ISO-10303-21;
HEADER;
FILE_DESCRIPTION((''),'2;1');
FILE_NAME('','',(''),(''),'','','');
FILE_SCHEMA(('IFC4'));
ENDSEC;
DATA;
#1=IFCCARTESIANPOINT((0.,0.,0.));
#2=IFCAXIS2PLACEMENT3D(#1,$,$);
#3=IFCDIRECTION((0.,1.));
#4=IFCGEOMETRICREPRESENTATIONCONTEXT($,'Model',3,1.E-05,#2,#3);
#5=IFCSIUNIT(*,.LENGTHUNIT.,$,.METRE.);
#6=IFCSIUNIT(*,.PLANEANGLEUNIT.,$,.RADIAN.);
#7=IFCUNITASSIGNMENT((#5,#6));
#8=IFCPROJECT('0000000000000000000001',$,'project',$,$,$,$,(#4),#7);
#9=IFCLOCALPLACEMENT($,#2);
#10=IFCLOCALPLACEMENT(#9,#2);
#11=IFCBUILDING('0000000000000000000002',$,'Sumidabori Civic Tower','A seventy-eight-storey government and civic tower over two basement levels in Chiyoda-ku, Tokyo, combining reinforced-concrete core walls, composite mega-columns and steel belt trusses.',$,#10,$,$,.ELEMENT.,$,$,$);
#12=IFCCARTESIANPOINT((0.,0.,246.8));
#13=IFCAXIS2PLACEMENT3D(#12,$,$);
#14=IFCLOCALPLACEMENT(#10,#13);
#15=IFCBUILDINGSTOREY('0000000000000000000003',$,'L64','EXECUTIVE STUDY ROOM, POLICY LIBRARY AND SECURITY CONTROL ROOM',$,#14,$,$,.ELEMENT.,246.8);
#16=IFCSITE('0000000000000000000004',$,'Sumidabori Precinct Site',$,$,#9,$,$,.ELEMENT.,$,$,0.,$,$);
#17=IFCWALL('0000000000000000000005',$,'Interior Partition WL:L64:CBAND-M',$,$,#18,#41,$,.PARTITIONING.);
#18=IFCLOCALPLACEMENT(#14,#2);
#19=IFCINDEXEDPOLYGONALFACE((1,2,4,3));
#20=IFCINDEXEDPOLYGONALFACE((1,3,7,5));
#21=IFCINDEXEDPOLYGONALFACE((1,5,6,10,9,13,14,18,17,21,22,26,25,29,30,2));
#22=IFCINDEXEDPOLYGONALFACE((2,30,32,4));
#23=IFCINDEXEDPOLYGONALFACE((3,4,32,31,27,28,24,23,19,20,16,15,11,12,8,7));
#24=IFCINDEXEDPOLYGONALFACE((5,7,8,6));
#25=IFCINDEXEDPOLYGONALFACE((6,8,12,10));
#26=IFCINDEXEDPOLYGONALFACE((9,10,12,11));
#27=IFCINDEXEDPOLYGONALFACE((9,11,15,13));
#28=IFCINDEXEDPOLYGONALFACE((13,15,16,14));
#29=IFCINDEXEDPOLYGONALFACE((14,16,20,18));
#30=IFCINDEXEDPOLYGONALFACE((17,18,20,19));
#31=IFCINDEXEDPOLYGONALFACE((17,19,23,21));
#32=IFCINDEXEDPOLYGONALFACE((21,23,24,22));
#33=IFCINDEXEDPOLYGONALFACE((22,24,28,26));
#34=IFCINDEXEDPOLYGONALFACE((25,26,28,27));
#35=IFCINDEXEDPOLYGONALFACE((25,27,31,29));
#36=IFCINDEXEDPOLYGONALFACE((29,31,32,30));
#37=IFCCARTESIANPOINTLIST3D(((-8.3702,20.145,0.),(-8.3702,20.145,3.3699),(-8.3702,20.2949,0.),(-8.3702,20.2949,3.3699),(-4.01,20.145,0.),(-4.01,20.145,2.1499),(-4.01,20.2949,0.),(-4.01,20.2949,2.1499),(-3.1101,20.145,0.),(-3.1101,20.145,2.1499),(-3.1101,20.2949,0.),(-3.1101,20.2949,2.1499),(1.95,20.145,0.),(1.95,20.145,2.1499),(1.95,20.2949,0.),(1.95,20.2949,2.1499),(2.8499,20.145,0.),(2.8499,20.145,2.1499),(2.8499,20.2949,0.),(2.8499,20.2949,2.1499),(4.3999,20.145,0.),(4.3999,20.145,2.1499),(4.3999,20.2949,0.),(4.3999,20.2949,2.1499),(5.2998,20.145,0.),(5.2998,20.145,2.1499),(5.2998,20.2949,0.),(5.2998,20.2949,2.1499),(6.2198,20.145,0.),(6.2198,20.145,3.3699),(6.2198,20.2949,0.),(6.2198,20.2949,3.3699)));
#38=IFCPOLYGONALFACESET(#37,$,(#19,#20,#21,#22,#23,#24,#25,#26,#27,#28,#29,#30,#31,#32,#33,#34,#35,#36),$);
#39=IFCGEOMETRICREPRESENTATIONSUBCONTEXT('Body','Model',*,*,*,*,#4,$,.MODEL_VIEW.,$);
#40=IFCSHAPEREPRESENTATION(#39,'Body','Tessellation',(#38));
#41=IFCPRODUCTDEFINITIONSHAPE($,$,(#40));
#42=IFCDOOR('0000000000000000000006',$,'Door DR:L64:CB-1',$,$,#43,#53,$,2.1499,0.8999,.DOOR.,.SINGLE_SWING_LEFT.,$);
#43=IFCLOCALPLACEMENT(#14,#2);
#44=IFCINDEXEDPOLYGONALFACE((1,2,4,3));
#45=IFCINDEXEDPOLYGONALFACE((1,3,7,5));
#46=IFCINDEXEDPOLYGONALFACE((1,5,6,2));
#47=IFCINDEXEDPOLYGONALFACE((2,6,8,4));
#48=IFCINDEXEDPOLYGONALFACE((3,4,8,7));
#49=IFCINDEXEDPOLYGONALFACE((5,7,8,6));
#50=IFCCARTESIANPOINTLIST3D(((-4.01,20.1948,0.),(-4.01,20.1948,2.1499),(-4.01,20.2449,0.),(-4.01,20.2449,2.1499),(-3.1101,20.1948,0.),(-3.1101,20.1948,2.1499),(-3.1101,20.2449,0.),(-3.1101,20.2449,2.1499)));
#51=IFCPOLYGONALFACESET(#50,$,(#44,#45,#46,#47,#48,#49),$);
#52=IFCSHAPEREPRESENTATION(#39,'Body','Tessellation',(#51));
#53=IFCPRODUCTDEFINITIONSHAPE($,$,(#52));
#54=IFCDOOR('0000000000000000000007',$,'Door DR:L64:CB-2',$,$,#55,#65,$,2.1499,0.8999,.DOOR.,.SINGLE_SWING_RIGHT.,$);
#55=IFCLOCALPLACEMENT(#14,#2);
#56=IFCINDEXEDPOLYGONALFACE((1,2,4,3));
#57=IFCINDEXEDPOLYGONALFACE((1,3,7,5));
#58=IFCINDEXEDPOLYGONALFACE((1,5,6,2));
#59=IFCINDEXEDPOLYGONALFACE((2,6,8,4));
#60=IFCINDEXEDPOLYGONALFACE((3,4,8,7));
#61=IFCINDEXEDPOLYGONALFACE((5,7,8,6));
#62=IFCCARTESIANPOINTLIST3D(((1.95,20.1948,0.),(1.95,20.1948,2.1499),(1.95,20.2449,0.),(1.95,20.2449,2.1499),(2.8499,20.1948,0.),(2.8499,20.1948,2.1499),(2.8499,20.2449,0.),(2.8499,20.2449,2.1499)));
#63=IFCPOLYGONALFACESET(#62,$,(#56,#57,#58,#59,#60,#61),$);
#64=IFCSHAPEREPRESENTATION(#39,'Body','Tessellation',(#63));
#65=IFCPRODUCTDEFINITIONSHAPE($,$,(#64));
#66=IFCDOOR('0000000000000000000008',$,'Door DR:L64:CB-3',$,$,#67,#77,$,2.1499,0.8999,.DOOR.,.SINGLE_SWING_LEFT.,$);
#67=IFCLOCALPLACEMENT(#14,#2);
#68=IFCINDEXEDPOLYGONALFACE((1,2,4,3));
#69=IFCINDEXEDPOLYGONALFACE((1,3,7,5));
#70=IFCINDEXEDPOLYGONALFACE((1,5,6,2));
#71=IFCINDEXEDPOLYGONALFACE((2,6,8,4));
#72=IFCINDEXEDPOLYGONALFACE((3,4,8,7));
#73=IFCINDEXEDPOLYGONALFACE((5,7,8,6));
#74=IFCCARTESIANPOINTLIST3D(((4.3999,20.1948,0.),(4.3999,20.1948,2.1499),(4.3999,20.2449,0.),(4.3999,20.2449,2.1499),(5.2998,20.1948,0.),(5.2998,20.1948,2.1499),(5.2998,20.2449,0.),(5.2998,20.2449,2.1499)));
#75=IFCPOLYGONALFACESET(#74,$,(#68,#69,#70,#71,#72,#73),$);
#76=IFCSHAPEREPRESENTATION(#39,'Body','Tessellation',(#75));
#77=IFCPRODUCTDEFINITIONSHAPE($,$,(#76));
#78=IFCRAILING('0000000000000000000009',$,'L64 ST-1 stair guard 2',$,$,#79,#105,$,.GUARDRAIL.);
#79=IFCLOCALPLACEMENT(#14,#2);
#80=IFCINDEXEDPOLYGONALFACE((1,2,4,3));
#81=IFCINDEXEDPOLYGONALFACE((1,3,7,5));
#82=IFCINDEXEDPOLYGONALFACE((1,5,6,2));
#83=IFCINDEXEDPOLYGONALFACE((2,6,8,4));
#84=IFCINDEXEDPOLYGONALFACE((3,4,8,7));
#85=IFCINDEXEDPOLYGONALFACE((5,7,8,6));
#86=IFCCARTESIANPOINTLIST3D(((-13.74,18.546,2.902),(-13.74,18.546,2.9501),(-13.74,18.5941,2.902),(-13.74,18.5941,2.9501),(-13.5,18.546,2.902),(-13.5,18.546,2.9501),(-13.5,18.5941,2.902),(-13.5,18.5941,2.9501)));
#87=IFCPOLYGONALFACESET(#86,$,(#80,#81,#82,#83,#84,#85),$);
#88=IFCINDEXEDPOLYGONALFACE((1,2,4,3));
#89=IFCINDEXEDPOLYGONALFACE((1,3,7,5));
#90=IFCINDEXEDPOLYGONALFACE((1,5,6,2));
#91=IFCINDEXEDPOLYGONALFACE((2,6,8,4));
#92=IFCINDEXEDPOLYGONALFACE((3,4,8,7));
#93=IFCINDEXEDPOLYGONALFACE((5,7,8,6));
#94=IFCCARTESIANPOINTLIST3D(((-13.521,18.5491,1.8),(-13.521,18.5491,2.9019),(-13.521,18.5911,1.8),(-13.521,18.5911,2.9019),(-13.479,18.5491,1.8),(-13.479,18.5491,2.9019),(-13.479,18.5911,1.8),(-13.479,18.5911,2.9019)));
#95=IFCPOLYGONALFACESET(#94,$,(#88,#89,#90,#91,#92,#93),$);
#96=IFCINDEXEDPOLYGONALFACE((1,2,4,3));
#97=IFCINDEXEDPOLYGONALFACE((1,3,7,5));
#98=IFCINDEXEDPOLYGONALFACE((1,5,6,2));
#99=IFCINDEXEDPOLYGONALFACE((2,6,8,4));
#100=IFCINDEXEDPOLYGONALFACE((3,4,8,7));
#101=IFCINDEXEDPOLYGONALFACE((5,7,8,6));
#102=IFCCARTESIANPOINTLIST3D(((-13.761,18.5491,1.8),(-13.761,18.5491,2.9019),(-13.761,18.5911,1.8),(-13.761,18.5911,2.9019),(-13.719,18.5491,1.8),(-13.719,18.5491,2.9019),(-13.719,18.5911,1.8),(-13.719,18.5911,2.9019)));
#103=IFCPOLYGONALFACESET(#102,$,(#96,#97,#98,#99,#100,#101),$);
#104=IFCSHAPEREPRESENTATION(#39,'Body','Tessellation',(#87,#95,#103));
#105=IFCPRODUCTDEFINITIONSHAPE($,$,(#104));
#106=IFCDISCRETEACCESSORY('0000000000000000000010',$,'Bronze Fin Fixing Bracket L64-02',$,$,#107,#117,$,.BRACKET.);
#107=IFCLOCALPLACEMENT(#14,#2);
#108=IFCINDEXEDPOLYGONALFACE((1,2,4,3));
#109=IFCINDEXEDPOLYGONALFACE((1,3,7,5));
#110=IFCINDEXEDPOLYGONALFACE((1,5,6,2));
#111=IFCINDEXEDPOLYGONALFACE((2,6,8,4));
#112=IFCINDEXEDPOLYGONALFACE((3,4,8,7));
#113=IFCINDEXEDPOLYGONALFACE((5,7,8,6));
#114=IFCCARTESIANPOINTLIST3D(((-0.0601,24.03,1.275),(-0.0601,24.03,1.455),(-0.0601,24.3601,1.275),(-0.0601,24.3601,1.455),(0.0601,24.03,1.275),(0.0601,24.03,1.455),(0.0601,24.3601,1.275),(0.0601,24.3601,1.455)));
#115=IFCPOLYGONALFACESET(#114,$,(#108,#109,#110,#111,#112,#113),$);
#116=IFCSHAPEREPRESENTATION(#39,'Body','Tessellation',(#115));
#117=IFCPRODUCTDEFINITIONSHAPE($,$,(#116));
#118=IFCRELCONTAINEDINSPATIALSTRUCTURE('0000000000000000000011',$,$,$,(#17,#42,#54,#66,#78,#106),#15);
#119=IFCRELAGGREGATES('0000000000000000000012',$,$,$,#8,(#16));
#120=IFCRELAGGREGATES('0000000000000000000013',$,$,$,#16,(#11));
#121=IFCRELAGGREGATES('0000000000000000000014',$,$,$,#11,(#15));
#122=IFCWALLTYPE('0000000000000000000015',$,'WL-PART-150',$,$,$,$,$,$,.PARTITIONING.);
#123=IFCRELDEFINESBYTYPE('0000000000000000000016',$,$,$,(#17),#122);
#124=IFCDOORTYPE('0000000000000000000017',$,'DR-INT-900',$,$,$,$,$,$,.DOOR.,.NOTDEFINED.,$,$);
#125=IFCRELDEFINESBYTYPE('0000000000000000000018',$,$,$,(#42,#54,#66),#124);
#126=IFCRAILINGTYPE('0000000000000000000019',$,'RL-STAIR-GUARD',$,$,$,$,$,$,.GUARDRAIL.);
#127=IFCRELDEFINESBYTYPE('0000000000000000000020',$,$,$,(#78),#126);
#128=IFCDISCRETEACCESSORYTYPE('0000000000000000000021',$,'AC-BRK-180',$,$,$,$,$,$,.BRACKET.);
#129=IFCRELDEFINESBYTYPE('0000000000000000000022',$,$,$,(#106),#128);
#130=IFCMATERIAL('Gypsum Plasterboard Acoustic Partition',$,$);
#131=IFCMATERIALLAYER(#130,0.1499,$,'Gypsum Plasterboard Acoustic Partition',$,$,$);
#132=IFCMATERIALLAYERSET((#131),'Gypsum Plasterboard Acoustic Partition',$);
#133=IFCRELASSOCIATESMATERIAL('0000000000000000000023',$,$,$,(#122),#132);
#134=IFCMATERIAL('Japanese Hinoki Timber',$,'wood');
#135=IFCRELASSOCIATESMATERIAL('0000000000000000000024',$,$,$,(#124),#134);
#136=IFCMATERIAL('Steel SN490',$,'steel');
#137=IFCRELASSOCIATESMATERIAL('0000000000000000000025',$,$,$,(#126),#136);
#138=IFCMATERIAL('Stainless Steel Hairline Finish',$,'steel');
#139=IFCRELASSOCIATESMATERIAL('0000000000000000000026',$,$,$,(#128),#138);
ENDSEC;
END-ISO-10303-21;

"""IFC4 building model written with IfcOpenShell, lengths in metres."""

from ifc_helpers import new_model, si_unit, direction, frame, frame_2d, origin, origin_2d, place, context, subcontext, project, spatial, rectangle, extrude, source, transform, mapped, material, layer, layer_set, material_profile, profile_set, type_object, element, fill, save


model = new_model("IFC4")

# Units and contexts
model_context = context("Model", 3, precision=1e-05, world=origin(), true_north=direction((0.0, 1.0)))
body_context = subcontext(model_context, "Body", "Model", "MODEL_VIEW")
ifc_project = project(units=[si_unit("LENGTHUNIT", "METRE"), si_unit("PLANEANGLEUNIT", "RADIAN")], contexts=[model_context])

# Site, building, storey
site_placement = place(None, origin())
site = spatial("IfcSite", under=ifc_project, at=site_placement, Name="Sumidabori Precinct Site", CompositionType="ELEMENT", RefElevation=0.0)
building_placement = place(site_placement, origin())
building = spatial("IfcBuilding", under=site, at=building_placement, Name="Sumidabori Civic Tower", Description="A seventy-eight-storey government and civic tower over two basement levels in Chiyoda-ku, Tokyo, combining reinforced-concrete core walls, composite mega-columns and steel belt trusses.", CompositionType="ELEMENT")
storey_placement = place(building_placement, frame((0.0, 0.0, 246.8)))
storey = spatial("IfcBuildingStorey", under=building, at=storey_placement, Name="L64", Description="EXECUTIVE STUDY ROOM, POLICY LIBRARY AND SECURITY CONTROL ROOM", CompositionType="ELEMENT", Elevation=246.8)

# Shared definitions
ifc_material_1 = material(Name="Gypsum Plasterboard Acoustic Partition")
ifc_layer_1 = layer(ifc_material_1, 0.1499, Name="Gypsum Plasterboard Acoustic Partition")
ifc_layer_set_1 = layer_set([ifc_layer_1], Name="Gypsum Plasterboard Acoustic Partition")
wall_type_1 = type_object("IfcWallType", Name="WL-PART-150", PredefinedType="PARTITIONING", material=ifc_layer_set_1)

# Wall, openings, doors
shared_shape_1 = source(origin(), body_context, "Body", "SweptSolid", [
    extrude(rectangle(XDim=14.5901, YDim=0.1499, at=frame_2d((7.2949, 0.0))), origin(), (0.0, 0.0, 1.0), 3.3699),
])
wall_1_placement = place(storey_placement, frame((-8.3701, 20.22, 0.0), z_axis=(0.0, 0.0, 1.0), x_axis=(1.0, 0.0, 0.0)))
wall_1 = element("IfcWall", 1, at=wall_1_placement, inside=storey, type_object=wall_type_1, Name="Interior Partition WL:L64:CBAND-M", PredefinedType="PARTITIONING", context=body_context, shape_type="MappedRepresentation", body=[
    mapped(shared_shape_1, transform((0.0, 0.0, 0.0), x_axis=(1.0, 0.0, 0.0), y_axis=(0.0, 1.0, 0.0), z_axis=(0.0, 0.0, 1.0), scale=1.0)),
])
opening_1_placement = place(wall_1_placement, frame((4.3601, 0.0, 0.0)))
opening_1 = element("IfcOpeningElement", 2, at=opening_1_placement, cuts=wall_1, PredefinedType="OPENING", context=body_context, shape_type="SweptSolid", body=[
    extrude(rectangle(XDim=0.8999, YDim=2.1499, at=frame_2d((0.45, 1.075))), frame((0.0, 0.0869, 0.0), z_axis=(0.0, -1.0, 0.0), x_axis=(1.0, 0.0, 0.0)), (0.0, 0.0, 1.0), 0.1738),
])
opening_2_placement = place(wall_1_placement, frame((10.3201, 0.0, 0.0)))
opening_2 = element("IfcOpeningElement", 3, at=opening_2_placement, cuts=wall_1, PredefinedType="OPENING", context=body_context, shape_type="SweptSolid", body=[
    extrude(rectangle(XDim=0.8999, YDim=2.1499, at=frame_2d((0.45, 1.075))), frame((0.0, 0.0869, 0.0), z_axis=(0.0, -1.0, 0.0), x_axis=(1.0, 0.0, 0.0)), (0.0, 0.0, 1.0), 0.1738),
])
opening_3_placement = place(wall_1_placement, frame((12.77, 0.0, 0.0)))
opening_3 = element("IfcOpeningElement", 4, at=opening_3_placement, cuts=wall_1, PredefinedType="OPENING", context=body_context, shape_type="SweptSolid", body=[
    extrude(rectangle(XDim=0.8999, YDim=2.1499, at=frame_2d((0.45, 1.075))), frame((0.0, 0.0869, 0.0), z_axis=(0.0, -1.0, 0.0), x_axis=(1.0, 0.0, 0.0)), (0.0, 0.0, 1.0), 0.1738),
])
ifc_material_2 = material(Name="Japanese Hinoki Timber", Category="wood")
door_type = type_object("IfcDoorType", Name="DR-INT-900", OperationType="NOTDEFINED", PredefinedType="DOOR", material=ifc_material_2)
shared_shape_2 = source(origin(), body_context, "Body", "SweptSolid", [
    extrude(rectangle(XDim=0.8999, YDim=2.1499, at=frame_2d((0.45, 1.075))), frame((0.0, 0.0249, 0.0), z_axis=(0.0, -1.0, 0.0), x_axis=(1.0, 0.0, 0.0)), (0.0, 0.0, 1.0), 0.05),
])
door_1_placement = place(opening_1_placement, origin())
door_1 = element("IfcDoor", 5, at=door_1_placement, inside=storey, type_object=door_type, Name="Door DR:L64:CB-1", OperationType="SINGLE_SWING_LEFT", OverallHeight=2.1499, OverallWidth=0.8999, PredefinedType="DOOR", context=body_context, shape_type="MappedRepresentation", body=[
    mapped(shared_shape_2, transform((0.0, 0.0, 0.0), x_axis=(1.0, 0.0, 0.0), y_axis=(0.0, 1.0, 0.0), z_axis=(0.0, 0.0, 1.0), scale=1.0)),
])
fill(opening_1, door_1)
door_2_placement = place(opening_2_placement, origin())
door_2 = element("IfcDoor", 6, at=door_2_placement, inside=storey, type_object=door_type, Name="Door DR:L64:CB-2", OperationType="SINGLE_SWING_RIGHT", OverallHeight=2.1499, OverallWidth=0.8999, PredefinedType="DOOR", context=body_context, shape_type="MappedRepresentation", body=[
    mapped(shared_shape_2, transform((0.0, 0.0, 0.0), x_axis=(1.0, 0.0, 0.0), y_axis=(0.0, 1.0, 0.0), z_axis=(0.0, 0.0, 1.0), scale=1.0)),
])
fill(opening_2, door_2)
door_3_placement = place(opening_3_placement, origin())
door_3 = element("IfcDoor", 7, at=door_3_placement, inside=storey, type_object=door_type, Name="Door DR:L64:CB-3", OperationType="SINGLE_SWING_LEFT", OverallHeight=2.1499, OverallWidth=0.8999, PredefinedType="DOOR", context=body_context, shape_type="MappedRepresentation", body=[
    mapped(shared_shape_2, transform((0.0, 0.0, 0.0), x_axis=(1.0, 0.0, 0.0), y_axis=(0.0, 1.0, 0.0), z_axis=(0.0, 0.0, 1.0), scale=1.0)),
])
fill(opening_3, door_3)

# Railing
ifc_material_3 = material(Name="Steel SN490", Category="steel")
railing_type = type_object("IfcRailingType", Name="RL-STAIR-GUARD", PredefinedType="GUARDRAIL", material=ifc_material_3)
railing_placement = place(storey_placement, frame((-13.5, 18.5701, 1.8)))
element("IfcRailing", 8, at=railing_placement, inside=storey, type_object=railing_type, Name="L64 ST-1 stair guard 2", PredefinedType="GUARDRAIL", context=body_context, shape_type="SweptSolid", body=[
    extrude(rectangle(XDim=0.0481, YDim=0.0481, at=origin_2d()), frame((0.0, 0.0, 1.126), z_axis=(-1.0, 0.0, 0.0), x_axis=(0.0, -1.0, 0.0)), (0.0, 0.0, 1.0), 0.24),
    extrude(rectangle(XDim=0.042, YDim=0.042, at=origin_2d()), origin(), (0.0, 0.0, 1.0), 1.1018),
    extrude(rectangle(XDim=0.042, YDim=0.042, at=origin_2d()), frame((-0.24, 0.0, 0.0)), (0.0, 0.0, 1.0), 1.1018),
])

# Discrete accessory
ifc_material_4 = material(Name="Stainless Steel Hairline Finish", Category="steel")
ifc_material_profile_1 = material_profile(ifc_material_4, rectangle(XDim=0.1201, YDim=0.1799, at=origin_2d()), Name="STEEL BRACKET 180x120")
ifc_profile_set_1 = profile_set([ifc_material_profile_1], Name="Stainless Steel Hairline Finish")
discrete_accessory_type = type_object("IfcDiscreteAccessoryType", Name="AC-BRK-180", PredefinedType="BRACKET", material=ifc_profile_set_1)
shared_shape_3 = source(origin(), body_context, "Body", "SweptSolid", [
    extrude(rectangle(XDim=0.1201, YDim=0.1799, at=origin_2d()), origin(), (0.0, 0.0, 1.0), 0.3301),
])
discrete_accessory_placement = place(storey_placement, frame((0.0, 24.03, 1.365), z_axis=(0.0, 1.0, 0.0), x_axis=(-1.0, 0.0, 0.0)))
element("IfcDiscreteAccessory", 9, at=discrete_accessory_placement, inside=storey, type_object=discrete_accessory_type, Name="Bronze Fin Fixing Bracket L64-02", PredefinedType="BRACKET", context=body_context, shape_type="MappedRepresentation", body=[
    mapped(shared_shape_3, transform((0.0, 0.0, 0.0), x_axis=(1.0, 0.0, 0.0), y_axis=(0.0, 1.0, 0.0), z_axis=(0.0, 0.0, 1.0), scale=1.0)),
])

save(model, "model.ifc")
